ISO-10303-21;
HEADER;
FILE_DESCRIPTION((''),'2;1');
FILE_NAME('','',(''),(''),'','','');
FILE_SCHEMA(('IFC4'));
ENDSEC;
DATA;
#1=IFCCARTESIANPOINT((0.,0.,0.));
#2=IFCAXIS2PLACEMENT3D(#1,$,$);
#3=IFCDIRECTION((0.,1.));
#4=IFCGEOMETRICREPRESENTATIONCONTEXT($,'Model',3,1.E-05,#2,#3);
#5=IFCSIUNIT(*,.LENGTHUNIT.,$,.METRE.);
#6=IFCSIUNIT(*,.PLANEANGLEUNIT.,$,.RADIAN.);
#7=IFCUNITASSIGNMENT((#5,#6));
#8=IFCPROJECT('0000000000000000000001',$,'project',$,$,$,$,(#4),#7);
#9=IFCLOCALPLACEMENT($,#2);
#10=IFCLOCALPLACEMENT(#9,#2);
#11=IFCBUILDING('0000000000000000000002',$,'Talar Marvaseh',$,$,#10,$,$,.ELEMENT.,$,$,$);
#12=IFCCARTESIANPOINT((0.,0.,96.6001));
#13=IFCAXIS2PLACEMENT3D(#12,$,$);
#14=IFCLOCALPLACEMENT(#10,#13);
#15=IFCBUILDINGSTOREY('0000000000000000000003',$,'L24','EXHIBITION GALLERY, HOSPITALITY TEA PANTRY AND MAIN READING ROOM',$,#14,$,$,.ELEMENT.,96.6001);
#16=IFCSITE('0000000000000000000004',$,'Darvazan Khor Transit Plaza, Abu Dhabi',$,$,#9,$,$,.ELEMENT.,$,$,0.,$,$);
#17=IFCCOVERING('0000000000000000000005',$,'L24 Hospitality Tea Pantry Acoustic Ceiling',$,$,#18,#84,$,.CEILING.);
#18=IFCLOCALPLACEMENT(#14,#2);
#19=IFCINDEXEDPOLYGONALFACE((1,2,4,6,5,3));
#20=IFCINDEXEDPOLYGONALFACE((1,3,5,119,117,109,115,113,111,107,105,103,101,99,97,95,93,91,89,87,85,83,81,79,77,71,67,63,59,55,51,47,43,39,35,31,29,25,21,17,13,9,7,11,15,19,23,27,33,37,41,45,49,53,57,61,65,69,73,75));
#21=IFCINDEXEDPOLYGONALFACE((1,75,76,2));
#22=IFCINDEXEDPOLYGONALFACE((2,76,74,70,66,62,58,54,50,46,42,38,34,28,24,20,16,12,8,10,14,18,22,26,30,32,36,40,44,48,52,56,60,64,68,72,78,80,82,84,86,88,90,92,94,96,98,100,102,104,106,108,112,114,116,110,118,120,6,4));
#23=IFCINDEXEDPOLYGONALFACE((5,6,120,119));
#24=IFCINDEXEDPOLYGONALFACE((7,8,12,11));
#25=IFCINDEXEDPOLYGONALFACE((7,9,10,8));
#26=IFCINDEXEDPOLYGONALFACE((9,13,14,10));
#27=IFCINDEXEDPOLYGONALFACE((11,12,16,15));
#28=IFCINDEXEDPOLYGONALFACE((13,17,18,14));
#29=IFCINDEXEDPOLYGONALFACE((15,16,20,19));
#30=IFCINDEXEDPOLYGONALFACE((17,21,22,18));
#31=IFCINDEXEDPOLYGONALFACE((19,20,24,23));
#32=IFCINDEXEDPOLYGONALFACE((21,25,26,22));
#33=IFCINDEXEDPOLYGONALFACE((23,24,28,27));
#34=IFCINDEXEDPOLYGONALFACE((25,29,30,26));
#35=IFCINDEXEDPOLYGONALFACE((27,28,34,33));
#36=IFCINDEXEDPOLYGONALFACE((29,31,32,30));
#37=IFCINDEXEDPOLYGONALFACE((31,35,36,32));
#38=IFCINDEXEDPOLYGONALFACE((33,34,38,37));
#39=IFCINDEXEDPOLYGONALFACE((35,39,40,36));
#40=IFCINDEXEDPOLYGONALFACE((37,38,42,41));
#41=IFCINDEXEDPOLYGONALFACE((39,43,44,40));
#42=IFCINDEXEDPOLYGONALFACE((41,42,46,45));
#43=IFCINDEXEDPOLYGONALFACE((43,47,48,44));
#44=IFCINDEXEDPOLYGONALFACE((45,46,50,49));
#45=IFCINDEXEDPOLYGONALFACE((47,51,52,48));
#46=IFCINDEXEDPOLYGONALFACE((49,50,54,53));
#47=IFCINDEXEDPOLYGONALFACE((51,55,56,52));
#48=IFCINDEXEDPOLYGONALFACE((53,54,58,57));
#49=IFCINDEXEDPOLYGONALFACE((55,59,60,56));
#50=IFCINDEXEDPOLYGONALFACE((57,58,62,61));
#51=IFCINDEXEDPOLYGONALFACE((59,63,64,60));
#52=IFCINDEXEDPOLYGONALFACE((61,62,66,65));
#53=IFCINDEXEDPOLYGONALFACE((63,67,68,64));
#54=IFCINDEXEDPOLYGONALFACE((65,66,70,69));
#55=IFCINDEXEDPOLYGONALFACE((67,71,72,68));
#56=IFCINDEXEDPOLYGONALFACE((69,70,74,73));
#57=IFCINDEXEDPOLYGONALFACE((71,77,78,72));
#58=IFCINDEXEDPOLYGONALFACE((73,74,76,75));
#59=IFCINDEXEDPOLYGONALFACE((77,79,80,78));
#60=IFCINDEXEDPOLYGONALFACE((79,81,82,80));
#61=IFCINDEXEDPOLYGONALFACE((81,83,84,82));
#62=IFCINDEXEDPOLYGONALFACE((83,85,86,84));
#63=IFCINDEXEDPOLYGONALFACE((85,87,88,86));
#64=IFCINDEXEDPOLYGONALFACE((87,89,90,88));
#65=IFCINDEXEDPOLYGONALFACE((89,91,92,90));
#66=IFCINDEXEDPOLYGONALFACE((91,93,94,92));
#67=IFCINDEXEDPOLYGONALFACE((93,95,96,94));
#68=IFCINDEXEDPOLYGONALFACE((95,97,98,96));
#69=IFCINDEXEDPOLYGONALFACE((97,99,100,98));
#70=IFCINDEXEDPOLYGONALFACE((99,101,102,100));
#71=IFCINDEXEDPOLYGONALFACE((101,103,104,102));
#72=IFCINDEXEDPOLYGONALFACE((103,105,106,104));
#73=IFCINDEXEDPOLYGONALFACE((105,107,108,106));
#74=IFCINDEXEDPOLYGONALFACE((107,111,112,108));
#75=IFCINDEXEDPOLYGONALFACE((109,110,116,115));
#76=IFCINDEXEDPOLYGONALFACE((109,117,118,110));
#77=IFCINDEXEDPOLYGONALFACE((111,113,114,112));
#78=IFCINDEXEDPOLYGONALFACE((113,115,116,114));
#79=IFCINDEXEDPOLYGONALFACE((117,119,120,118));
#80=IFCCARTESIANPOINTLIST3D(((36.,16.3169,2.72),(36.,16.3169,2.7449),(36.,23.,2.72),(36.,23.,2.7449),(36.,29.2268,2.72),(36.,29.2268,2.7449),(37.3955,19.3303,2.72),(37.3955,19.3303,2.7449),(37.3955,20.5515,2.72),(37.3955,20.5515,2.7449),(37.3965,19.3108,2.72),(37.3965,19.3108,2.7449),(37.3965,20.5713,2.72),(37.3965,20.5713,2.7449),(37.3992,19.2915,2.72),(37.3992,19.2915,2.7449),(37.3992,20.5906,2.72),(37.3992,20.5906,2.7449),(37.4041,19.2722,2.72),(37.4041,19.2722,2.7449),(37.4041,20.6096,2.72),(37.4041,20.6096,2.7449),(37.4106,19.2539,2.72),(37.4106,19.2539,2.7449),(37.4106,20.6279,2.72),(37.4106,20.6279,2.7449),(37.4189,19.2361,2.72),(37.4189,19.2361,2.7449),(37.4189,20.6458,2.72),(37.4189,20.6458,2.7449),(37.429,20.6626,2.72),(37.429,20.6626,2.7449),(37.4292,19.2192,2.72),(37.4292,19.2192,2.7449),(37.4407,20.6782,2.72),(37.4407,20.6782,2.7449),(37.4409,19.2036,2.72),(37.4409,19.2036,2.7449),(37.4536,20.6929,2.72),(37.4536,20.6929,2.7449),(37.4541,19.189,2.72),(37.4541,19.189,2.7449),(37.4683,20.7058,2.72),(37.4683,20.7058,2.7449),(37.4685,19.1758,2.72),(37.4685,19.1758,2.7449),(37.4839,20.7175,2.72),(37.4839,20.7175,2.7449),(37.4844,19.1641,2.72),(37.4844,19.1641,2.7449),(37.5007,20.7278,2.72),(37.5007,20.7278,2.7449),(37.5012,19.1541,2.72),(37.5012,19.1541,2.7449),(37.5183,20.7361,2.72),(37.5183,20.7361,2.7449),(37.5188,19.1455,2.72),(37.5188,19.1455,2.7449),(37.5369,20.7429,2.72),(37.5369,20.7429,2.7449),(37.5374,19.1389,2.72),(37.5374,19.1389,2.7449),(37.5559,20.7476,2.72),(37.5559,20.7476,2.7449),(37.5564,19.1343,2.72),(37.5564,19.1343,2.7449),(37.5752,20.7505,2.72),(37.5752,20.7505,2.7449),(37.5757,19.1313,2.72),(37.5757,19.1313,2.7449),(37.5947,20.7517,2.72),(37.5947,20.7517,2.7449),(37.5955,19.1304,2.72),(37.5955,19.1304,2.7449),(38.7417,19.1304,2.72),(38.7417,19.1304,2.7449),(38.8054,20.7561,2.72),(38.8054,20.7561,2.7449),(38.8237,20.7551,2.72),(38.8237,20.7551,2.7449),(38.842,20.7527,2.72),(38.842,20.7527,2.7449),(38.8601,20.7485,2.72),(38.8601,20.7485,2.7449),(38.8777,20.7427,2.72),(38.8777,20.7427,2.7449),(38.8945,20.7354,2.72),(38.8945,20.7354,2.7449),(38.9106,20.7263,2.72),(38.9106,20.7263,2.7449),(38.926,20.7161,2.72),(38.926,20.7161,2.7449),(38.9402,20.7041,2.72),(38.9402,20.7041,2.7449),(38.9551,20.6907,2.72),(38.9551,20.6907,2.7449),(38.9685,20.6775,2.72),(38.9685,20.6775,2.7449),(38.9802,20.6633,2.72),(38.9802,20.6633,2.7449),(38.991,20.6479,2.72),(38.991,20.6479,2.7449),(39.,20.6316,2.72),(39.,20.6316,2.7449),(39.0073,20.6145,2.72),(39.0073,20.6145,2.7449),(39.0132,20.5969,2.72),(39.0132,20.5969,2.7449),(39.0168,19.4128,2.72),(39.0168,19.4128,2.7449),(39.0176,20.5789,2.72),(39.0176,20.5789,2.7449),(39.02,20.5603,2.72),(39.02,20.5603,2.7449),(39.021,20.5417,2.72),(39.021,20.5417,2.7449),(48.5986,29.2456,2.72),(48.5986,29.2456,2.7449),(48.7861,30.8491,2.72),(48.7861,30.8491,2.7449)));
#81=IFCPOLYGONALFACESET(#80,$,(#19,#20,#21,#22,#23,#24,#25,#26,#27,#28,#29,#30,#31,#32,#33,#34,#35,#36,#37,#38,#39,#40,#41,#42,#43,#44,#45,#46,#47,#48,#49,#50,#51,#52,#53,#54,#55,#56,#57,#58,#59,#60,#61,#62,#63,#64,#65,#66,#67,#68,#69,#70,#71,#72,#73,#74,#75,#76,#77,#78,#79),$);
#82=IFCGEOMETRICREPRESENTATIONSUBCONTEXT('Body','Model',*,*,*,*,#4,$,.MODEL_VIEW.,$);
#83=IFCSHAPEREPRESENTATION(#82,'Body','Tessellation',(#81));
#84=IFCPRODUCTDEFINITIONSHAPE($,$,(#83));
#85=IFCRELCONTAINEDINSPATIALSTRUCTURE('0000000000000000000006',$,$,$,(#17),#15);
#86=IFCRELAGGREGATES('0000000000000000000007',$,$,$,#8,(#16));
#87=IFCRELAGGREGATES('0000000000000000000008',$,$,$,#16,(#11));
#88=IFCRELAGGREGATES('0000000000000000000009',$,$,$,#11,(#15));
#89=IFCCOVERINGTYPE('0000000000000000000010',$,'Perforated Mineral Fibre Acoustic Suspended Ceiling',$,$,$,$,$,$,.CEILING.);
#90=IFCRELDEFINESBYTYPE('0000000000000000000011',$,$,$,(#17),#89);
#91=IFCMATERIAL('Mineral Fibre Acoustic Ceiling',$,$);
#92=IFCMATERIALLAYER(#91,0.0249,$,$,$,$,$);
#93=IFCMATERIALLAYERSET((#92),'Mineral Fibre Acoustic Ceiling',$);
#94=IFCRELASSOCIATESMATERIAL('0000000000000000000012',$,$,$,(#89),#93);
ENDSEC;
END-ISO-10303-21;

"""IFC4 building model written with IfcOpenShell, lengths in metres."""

from ifc_helpers import new_model, si_unit, direction, frame, origin, place, context, subcontext, project, spatial, polyline, outline, extrude, material, layer, layer_set, type_object, element, save


model = new_model("IFC4")

# Units and contexts
model_context = context("Model", 3, precision=1e-05, world=origin(), true_north=direction((0.0, 1.0)))
body_context = subcontext(model_context, "Body", "Model", "MODEL_VIEW")
ifc_project = project(units=[si_unit("LENGTHUNIT", "METRE"), si_unit("PLANEANGLEUNIT", "RADIAN")], contexts=[model_context])

# Site, building, storey
site_placement = place(None, origin())
site = spatial("IfcSite", under=ifc_project, at=site_placement, Name="Darvazan Khor Transit Plaza, Abu Dhabi", CompositionType="ELEMENT", RefElevation=0.0)
building_placement = place(site_placement, origin())
building = spatial("IfcBuilding", under=site, at=building_placement, Name="Talar Marvaseh", CompositionType="ELEMENT")
storey_placement = place(building_placement, frame((0.0, 0.0, 96.6001)))
storey = spatial("IfcBuildingStorey", under=building, at=storey_placement, Name="L24", Description="EXHIBITION GALLERY, HOSPITALITY TEA PANTRY AND MAIN READING ROOM", CompositionType="ELEMENT", Elevation=96.6001)

# Covering
ifc_material_1 = material(Name="Mineral Fibre Acoustic Ceiling")
ifc_layer_1 = layer(ifc_material_1, 0.0249)
ifc_layer_set_1 = layer_set([ifc_layer_1], Name="Mineral Fibre Acoustic Ceiling")
covering_type_1 = type_object("IfcCoveringType", Name="Perforated Mineral Fibre Acoustic Suspended Ceiling", PredefinedType="CEILING", material=ifc_layer_set_1)
covering_1_placement = place(storey_placement, frame((0.0, 0.0, 2.72)))
element("IfcCovering", 1, at=covering_1_placement, inside=storey, type_object=covering_type_1, Name="L24 Hospitality Tea Pantry Acoustic Ceiling", PredefinedType="CEILING", context=body_context, shape_type="SweptSolid", body=[
    extrude(outline(polyline([(48.7861, 30.8491), (48.5986, 29.2456), (39.0168, 19.4128), (39.021, 20.5417), (39.02, 20.5603), (39.0176, 20.5789), (39.0132, 20.5969), (39.0073, 20.6145), (39.0, 20.6316), (38.991, 20.6479), (38.9802, 20.6633), (38.9685, 20.6775), (38.9551, 20.6907), (38.9402, 20.7041), (38.926, 20.7161), (38.9106, 20.7263), (38.8945, 20.7354), (38.8777, 20.7427), (38.8601, 20.7485), (38.842, 20.7527), (38.8237, 20.7551), (38.8054, 20.7561), (37.5947, 20.7517), (37.5752, 20.7505), (37.5559, 20.7476), (37.5369, 20.7429), (37.5183, 20.7361), (37.5007, 20.7278), (37.4839, 20.7175), (37.4683, 20.7058), (37.4536, 20.6929), (37.4407, 20.6782), (37.429, 20.6626), (37.4189, 20.6458), (37.4106, 20.6279), (37.4041, 20.6096), (37.3992, 20.5906), (37.3965, 20.5713), (37.3955, 20.5515), (37.3955, 19.3303), (37.3965, 19.3108), (37.3992, 19.2915), (37.4041, 19.2722), (37.4106, 19.2539), (37.4189, 19.2361), (37.4292, 19.2192), (37.4409, 19.2036), (37.4541, 19.189), (37.4685, 19.1758), (37.4844, 19.1641), (37.5012, 19.1541), (37.5188, 19.1455), (37.5374, 19.1389), (37.5564, 19.1343), (37.5757, 19.1313), (37.5955, 19.1304), (38.7417, 19.1304), (36.0, 16.3169), (36.0, 23.0), (36.0, 29.2268), (48.7861, 30.8491)])), origin(), (0.0, 0.0, 1.0), 0.0249),
])

save(model, "model.ifc")
